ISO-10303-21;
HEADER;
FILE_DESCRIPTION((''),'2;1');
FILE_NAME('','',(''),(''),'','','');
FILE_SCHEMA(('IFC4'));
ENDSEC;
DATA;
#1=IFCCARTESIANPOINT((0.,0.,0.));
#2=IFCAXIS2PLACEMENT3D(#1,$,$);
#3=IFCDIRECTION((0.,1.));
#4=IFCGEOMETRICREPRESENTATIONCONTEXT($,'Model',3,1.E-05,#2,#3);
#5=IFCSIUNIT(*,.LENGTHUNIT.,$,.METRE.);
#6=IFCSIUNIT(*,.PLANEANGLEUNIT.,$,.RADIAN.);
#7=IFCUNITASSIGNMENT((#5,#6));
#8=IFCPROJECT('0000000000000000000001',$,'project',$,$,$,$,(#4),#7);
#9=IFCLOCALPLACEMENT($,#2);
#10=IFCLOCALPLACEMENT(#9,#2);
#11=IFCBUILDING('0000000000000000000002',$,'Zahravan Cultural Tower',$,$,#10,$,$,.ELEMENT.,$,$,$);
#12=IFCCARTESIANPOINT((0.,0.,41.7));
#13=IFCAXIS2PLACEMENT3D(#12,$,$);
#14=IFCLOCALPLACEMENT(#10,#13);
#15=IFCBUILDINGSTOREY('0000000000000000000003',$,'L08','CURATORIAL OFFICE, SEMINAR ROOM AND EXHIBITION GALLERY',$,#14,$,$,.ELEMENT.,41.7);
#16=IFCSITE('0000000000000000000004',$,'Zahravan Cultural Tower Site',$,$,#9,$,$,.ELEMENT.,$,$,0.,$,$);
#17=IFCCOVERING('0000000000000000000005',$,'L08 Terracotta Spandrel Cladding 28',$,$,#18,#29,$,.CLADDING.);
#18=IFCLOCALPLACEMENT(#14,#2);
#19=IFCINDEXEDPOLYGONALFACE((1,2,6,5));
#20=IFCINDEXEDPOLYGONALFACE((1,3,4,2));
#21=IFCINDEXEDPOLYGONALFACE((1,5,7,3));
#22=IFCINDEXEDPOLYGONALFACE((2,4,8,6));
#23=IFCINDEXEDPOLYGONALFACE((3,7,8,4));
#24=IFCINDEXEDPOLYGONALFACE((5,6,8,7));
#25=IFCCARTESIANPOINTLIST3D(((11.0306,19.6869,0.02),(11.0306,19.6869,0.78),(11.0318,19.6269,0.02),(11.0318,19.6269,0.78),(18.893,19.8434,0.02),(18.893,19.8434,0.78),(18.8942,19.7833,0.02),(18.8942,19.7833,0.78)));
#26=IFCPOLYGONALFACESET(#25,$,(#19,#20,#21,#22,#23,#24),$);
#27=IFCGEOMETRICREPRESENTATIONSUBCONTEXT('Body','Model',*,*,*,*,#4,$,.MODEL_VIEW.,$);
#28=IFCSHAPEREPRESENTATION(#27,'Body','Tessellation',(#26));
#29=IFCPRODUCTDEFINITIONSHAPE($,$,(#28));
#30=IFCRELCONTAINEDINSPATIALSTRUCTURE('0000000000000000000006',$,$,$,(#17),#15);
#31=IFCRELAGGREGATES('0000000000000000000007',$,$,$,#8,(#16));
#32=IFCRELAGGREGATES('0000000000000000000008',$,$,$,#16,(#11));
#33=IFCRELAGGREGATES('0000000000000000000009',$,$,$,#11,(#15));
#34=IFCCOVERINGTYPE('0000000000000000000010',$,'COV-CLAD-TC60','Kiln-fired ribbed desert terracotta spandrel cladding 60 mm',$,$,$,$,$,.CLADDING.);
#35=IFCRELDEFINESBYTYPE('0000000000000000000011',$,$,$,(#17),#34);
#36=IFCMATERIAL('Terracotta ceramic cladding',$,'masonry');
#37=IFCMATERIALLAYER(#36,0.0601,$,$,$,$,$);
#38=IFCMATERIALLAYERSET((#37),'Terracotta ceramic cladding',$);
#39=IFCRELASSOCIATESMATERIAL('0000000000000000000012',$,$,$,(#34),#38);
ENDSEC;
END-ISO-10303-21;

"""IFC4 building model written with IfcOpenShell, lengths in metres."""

from ifc_helpers import new_model, si_unit, direction, frame, origin, origin_2d, place, context, subcontext, project, spatial, rectangle, extrude, source, transform, mapped, material, layer, layer_set, type_object, element, save


model = new_model("IFC4")

# Units and contexts
model_context = context("Model", 3, precision=1e-05, world=origin(), true_north=direction((0.0, 1.0)))
body_context = subcontext(model_context, "Body", "Model", "MODEL_VIEW")
ifc_project = project(units=[si_unit("LENGTHUNIT", "METRE"), si_unit("PLANEANGLEUNIT", "RADIAN")], contexts=[model_context])

# Site, building, storey
site_placement = place(None, origin())
site = spatial("IfcSite", under=ifc_project, at=site_placement, Name="Zahravan Cultural Tower Site", CompositionType="ELEMENT", RefElevation=0.0)
building_placement = place(site_placement, origin())
building = spatial("IfcBuilding", under=site, at=building_placement, Name="Zahravan Cultural Tower", CompositionType="ELEMENT")
storey_placement = place(building_placement, frame((0.0, 0.0, 41.7)))
storey = spatial("IfcBuildingStorey", under=building, at=storey_placement, Name="L08", Description="CURATORIAL OFFICE, SEMINAR ROOM AND EXHIBITION GALLERY", CompositionType="ELEMENT", Elevation=41.7)

# Covering
ifc_material_1 = material(Name="Terracotta ceramic cladding", Category="masonry")
ifc_layer_1 = layer(ifc_material_1, 0.0601)
ifc_layer_set_1 = layer_set([ifc_layer_1], Name="Terracotta ceramic cladding")
covering_type_1 = type_object("IfcCoveringType", Name="COV-CLAD-TC60", Description="Kiln-fired ribbed desert terracotta spandrel cladding 60 mm", PredefinedType="CLADDING", material=ifc_layer_set_1)
shared_shape_1 = source(origin(), body_context, "Body", "SweptSolid", [
    extrude(rectangle(XDim=7.864, YDim=0.0601, at=origin_2d()), origin(), (0.0, 0.0, 1.0), 0.76),
])
covering_1_placement = place(storey_placement, frame((14.9624, 19.7351, 0.02), z_axis=(0.0, 0.0, 1.0), x_axis=(-0.999802, -0.019895, 0.0)))
element("IfcCovering", 1, at=covering_1_placement, inside=storey, type_object=covering_type_1, Name="L08 Terracotta Spandrel Cladding 28", PredefinedType="CLADDING", context=body_context, shape_type="MappedRepresentation", body=[
    mapped(shared_shape_1, transform((0.0, 0.0, 0.0), x_axis=(1.0, 0.0, 0.0), y_axis=(0.0, 1.0, 0.0), z_axis=(0.0, 0.0, 1.0), scale=1.0)),
])

save(model, "model.ifc")
